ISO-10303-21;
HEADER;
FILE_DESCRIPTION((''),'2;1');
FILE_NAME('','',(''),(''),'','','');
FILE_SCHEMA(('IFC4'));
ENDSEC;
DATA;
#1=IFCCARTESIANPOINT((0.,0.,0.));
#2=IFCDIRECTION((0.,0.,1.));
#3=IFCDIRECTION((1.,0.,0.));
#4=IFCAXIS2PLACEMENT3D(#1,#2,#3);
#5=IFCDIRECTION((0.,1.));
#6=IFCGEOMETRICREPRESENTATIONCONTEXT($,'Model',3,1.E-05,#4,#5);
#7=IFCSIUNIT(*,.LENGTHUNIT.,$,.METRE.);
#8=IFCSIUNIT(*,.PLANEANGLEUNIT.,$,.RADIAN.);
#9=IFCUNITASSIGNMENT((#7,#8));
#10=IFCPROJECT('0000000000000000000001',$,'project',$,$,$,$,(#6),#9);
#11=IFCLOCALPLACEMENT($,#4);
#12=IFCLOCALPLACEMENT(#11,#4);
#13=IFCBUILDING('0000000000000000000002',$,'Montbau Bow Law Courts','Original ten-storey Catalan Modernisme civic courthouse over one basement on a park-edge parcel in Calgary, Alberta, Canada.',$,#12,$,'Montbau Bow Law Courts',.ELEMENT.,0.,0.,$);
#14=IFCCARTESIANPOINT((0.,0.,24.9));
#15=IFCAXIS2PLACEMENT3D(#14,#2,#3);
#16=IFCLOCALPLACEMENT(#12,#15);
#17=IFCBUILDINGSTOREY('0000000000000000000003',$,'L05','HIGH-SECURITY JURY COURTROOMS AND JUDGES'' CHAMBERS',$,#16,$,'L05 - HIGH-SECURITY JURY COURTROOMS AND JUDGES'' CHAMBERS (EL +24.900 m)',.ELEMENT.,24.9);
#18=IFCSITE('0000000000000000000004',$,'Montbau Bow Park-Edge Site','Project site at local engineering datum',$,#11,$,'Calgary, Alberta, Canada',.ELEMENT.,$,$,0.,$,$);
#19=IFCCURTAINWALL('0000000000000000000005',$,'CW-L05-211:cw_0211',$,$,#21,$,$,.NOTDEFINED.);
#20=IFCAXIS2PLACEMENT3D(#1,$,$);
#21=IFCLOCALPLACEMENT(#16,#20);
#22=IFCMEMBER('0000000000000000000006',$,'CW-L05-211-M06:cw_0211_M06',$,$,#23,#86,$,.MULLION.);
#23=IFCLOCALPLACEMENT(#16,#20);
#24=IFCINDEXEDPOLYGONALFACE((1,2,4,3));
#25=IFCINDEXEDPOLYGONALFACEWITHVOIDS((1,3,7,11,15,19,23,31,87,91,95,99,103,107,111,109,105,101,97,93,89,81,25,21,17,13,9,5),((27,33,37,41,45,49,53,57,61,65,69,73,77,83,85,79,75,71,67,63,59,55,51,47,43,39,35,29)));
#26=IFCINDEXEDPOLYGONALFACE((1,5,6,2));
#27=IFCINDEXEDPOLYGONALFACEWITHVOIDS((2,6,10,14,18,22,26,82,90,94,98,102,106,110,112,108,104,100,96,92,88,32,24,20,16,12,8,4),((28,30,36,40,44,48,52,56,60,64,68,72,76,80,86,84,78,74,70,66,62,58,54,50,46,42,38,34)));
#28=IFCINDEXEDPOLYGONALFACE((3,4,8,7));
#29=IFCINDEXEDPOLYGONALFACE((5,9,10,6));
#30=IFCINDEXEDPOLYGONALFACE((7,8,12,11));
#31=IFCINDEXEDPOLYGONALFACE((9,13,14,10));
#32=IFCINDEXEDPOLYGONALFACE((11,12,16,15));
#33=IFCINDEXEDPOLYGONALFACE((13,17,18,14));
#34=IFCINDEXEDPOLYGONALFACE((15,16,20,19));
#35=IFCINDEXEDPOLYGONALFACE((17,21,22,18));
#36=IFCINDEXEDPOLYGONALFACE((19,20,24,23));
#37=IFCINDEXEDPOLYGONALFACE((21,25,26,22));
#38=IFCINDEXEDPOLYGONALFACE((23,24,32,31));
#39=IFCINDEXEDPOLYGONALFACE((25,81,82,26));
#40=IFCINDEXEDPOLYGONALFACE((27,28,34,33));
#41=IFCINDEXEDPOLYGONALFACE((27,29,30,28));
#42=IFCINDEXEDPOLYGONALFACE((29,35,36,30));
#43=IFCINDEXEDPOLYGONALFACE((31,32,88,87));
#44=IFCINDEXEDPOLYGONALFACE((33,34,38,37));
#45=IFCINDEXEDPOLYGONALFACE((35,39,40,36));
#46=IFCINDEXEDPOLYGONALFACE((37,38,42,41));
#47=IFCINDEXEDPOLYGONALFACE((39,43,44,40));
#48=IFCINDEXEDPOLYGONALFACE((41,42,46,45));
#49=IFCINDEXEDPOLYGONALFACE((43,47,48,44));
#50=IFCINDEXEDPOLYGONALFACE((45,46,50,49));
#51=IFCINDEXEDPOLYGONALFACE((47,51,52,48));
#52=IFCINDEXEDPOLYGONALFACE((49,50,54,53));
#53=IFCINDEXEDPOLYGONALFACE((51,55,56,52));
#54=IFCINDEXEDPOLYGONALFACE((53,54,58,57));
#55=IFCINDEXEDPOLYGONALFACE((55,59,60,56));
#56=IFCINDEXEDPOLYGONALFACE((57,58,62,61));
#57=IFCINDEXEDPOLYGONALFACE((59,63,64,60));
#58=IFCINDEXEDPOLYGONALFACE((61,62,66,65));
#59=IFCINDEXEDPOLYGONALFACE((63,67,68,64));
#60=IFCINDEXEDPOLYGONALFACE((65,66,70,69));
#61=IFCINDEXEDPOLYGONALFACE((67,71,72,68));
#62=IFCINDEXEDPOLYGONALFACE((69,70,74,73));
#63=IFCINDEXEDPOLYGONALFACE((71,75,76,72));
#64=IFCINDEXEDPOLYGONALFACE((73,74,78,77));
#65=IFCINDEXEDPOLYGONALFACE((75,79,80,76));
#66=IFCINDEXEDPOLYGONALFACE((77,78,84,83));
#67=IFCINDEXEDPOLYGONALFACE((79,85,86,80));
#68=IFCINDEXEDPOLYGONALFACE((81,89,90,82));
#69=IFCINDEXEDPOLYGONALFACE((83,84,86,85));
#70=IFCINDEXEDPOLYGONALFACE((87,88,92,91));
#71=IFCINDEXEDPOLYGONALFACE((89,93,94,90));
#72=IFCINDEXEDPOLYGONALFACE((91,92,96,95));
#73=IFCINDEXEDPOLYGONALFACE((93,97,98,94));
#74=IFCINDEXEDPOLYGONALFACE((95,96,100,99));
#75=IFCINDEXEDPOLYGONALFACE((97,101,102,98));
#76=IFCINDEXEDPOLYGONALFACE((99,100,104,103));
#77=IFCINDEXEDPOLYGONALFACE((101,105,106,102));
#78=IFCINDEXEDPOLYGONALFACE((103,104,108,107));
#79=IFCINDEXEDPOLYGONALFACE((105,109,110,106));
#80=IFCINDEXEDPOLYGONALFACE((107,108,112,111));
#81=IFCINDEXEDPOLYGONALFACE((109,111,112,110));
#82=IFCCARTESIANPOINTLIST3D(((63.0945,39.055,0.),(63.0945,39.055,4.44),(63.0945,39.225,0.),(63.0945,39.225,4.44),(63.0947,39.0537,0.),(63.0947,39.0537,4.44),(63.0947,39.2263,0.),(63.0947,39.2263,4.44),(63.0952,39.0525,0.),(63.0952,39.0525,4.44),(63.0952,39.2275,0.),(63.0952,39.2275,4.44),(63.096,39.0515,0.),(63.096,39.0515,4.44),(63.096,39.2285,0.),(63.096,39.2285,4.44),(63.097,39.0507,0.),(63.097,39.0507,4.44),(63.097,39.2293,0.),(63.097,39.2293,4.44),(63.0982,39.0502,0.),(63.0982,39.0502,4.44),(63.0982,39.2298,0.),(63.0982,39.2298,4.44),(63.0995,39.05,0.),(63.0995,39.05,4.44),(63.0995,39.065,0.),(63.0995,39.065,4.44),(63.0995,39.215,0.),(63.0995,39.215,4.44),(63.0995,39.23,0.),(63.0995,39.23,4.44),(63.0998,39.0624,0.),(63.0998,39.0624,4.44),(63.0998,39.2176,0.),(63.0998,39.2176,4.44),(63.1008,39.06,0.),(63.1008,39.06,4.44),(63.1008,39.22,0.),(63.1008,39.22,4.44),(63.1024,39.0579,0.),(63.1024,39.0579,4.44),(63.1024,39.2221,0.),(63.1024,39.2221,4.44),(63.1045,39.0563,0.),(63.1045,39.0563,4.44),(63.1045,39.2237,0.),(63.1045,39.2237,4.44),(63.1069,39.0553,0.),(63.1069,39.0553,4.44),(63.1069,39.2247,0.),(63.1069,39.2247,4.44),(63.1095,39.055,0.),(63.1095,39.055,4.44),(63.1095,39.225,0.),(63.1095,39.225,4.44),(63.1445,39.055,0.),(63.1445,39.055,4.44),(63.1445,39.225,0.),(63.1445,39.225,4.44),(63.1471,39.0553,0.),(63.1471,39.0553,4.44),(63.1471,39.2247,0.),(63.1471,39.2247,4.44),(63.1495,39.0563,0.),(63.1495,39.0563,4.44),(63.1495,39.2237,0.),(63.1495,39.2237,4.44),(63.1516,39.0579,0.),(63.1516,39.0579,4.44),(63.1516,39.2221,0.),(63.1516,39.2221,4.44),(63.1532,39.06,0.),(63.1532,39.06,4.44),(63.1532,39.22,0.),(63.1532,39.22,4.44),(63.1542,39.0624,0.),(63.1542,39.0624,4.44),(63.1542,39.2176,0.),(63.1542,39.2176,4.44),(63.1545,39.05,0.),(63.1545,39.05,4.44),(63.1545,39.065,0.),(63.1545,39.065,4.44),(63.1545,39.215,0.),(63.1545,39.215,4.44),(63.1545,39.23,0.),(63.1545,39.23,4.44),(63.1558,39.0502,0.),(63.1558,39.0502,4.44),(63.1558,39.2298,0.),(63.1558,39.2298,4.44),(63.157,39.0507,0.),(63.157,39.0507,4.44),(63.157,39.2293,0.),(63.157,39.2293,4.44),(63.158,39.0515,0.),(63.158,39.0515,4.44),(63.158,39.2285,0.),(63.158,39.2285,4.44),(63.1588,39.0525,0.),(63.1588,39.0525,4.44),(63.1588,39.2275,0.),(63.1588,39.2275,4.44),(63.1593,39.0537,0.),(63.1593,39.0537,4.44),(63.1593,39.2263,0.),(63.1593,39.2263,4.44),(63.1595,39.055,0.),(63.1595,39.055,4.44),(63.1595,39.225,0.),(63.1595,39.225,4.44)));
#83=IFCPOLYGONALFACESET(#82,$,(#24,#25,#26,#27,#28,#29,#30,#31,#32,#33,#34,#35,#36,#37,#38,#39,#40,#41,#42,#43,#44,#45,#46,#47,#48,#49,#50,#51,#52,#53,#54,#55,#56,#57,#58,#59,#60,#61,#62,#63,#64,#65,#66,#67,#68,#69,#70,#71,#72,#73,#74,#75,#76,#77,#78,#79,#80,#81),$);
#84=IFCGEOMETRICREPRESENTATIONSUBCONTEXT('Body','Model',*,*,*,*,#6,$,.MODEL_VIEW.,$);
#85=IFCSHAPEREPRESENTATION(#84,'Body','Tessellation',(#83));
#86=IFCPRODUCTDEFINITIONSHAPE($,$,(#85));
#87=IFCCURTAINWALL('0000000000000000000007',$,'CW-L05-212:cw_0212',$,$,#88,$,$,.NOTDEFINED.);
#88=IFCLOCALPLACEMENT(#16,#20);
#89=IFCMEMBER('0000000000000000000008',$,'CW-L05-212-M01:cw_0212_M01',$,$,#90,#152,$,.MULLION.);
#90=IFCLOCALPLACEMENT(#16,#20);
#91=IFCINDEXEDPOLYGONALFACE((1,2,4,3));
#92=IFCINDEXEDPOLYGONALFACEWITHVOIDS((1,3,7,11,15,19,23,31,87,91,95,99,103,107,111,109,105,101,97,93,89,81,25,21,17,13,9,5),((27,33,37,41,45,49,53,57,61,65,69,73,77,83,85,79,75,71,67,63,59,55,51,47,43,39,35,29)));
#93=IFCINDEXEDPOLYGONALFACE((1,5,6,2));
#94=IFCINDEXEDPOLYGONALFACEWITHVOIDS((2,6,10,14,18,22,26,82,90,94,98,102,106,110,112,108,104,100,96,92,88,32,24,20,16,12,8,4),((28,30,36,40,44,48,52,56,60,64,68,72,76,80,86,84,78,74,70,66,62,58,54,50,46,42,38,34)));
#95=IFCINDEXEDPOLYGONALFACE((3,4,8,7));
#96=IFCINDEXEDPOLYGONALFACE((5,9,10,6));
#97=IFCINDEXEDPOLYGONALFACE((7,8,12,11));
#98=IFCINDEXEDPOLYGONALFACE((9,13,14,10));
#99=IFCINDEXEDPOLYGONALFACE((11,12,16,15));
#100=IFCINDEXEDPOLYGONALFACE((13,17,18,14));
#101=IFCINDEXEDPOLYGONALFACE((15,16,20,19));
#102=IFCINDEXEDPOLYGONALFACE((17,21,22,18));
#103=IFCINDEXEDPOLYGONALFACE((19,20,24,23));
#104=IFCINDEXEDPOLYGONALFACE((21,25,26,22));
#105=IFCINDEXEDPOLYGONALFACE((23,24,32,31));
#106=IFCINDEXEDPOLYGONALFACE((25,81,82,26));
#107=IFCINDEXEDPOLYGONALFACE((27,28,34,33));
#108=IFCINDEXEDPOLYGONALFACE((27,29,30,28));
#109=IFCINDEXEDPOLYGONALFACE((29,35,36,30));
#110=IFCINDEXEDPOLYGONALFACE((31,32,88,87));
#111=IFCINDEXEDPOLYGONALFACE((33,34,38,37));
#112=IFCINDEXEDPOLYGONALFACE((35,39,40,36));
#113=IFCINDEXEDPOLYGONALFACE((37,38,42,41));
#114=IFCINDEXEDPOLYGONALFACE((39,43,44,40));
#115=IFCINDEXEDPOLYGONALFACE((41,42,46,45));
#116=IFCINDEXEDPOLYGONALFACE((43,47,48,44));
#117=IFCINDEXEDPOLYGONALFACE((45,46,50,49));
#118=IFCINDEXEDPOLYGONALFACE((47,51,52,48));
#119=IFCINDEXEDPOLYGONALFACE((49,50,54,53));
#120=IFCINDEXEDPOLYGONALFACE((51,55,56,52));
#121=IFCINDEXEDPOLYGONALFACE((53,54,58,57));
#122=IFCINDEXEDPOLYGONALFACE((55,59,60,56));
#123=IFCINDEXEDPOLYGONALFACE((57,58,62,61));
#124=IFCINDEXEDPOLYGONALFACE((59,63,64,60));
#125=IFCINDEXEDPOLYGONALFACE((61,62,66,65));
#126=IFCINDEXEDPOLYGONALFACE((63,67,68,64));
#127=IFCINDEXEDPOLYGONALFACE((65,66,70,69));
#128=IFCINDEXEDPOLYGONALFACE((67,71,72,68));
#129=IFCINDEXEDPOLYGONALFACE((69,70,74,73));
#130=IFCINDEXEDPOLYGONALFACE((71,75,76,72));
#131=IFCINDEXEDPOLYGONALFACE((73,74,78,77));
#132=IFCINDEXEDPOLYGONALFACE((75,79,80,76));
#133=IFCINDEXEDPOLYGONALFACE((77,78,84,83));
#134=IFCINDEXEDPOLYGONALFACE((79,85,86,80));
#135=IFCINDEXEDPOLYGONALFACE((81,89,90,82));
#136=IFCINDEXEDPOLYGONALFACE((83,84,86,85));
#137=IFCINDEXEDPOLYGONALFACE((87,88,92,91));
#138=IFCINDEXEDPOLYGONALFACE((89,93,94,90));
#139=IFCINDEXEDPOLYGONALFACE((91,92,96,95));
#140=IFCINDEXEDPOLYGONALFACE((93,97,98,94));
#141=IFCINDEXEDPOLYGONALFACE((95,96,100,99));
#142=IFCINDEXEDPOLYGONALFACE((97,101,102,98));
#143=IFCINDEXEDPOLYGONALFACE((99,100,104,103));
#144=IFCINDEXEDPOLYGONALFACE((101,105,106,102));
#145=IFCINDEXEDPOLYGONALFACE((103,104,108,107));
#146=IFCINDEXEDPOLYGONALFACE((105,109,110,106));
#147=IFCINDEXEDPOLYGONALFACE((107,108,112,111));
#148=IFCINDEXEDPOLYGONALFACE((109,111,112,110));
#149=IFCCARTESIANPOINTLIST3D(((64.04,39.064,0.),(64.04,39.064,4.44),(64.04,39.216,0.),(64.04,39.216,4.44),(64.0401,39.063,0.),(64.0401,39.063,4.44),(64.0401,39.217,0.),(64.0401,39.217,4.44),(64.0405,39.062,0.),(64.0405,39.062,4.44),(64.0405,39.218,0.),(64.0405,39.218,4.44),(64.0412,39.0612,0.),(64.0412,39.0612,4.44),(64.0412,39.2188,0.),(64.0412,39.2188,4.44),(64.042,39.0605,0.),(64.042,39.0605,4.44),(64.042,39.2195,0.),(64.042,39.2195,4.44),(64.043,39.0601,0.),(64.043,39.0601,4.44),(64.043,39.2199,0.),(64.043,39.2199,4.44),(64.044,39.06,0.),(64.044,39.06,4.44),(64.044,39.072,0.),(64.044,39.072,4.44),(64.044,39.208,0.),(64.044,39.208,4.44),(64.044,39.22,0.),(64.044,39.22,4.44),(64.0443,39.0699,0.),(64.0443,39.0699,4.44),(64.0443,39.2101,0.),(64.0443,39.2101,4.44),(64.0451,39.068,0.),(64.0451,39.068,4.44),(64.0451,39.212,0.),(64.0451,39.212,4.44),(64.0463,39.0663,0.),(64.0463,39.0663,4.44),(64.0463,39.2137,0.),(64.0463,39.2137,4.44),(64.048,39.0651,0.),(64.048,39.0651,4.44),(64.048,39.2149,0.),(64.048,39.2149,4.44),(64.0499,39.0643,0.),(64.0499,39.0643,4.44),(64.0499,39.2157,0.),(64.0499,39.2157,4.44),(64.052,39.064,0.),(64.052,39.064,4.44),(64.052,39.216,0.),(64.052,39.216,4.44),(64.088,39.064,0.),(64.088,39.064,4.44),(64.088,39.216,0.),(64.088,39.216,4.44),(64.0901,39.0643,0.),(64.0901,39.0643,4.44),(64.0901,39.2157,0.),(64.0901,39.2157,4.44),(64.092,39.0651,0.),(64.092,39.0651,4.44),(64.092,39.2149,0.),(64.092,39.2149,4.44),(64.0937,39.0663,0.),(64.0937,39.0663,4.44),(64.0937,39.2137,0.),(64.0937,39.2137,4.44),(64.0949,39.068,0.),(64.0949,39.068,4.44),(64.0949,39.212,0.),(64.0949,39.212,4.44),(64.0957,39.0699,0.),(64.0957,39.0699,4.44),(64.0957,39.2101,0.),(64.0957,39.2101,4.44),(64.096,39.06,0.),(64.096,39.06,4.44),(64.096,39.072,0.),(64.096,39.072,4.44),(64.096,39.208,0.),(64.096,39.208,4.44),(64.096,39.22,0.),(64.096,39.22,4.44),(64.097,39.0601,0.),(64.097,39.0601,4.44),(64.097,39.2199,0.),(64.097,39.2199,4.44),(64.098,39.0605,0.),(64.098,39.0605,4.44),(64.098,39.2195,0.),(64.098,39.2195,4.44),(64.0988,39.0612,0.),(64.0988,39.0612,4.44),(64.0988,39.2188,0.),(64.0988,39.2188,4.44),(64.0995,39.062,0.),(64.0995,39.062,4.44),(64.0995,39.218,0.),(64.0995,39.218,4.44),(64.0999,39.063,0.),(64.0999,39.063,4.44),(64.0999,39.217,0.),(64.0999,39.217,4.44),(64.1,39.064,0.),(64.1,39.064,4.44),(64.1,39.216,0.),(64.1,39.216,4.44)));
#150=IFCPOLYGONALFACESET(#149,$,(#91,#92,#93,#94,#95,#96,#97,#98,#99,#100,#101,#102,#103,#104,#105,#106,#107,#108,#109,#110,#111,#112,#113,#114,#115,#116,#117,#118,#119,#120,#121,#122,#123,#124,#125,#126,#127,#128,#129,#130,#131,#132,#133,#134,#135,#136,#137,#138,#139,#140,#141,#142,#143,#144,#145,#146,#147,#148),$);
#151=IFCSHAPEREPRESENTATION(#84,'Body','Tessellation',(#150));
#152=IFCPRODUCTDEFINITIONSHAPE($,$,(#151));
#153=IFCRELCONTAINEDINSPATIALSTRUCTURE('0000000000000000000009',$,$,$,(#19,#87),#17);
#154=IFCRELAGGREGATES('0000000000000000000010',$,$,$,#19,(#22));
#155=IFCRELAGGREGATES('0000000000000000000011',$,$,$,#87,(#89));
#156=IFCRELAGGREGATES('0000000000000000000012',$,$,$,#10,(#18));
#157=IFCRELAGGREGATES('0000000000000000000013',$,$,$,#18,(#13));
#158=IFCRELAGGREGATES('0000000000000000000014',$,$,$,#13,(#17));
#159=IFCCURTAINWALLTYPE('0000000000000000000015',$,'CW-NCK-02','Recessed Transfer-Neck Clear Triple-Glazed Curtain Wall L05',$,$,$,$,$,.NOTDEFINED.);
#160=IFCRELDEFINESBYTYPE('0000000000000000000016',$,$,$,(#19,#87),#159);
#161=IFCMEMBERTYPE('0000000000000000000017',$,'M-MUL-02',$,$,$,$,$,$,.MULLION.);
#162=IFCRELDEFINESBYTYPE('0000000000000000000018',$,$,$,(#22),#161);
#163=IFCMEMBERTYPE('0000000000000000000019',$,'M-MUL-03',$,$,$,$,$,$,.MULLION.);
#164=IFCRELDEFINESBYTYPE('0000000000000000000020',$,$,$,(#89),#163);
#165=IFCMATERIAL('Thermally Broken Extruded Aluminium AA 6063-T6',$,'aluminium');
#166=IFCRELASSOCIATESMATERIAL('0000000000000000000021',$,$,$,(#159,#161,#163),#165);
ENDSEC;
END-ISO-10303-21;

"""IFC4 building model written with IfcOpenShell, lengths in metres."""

from ifc_helpers import new_model, si_unit, direction, frame, origin_with_axes, origin_2d_with_axis, place, context, subcontext, project, spatial, hollow_rectangle, extrude, material, material_profile, profile_set, type_object, element, aggregate, save


model = new_model("IFC4")

# Units and contexts
model_context = context("Model", 3, precision=1e-05, world=origin_with_axes(), true_north=direction((0.0, 1.0)))
body_context = subcontext(model_context, "Body", "Model", "MODEL_VIEW")
ifc_project = project(units=[si_unit("LENGTHUNIT", "METRE"), si_unit("PLANEANGLEUNIT", "RADIAN")], contexts=[model_context])

# Site, building, storey
site_placement = place(None, origin_with_axes())
site = spatial("IfcSite", under=ifc_project, at=site_placement, Name="Montbau Bow Park-Edge Site", Description="Project site at local engineering datum", LongName="Calgary, Alberta, Canada", CompositionType="ELEMENT", RefElevation=0.0)
building_placement = place(site_placement, origin_with_axes())
building = spatial("IfcBuilding", under=site, at=building_placement, Name="Montbau Bow Law Courts", Description="Original ten-storey Catalan Modernisme civic courthouse over one basement on a park-edge parcel in Calgary, Alberta, Canada.", LongName="Montbau Bow Law Courts", CompositionType="ELEMENT", ElevationOfRefHeight=0.0, ElevationOfTerrain=0.0)
storey_placement = place(building_placement, frame((0.0, 0.0, 24.9), z_axis=(0.0, 0.0, 1.0), x_axis=(1.0, 0.0, 0.0)))
storey = spatial("IfcBuildingStorey", under=building, at=storey_placement, Name="L05", Description="HIGH-SECURITY JURY COURTROOMS AND JUDGES' CHAMBERS", LongName="L05 - HIGH-SECURITY JURY COURTROOMS AND JUDGES' CHAMBERS (EL +24.900 m)", CompositionType="ELEMENT", Elevation=24.9)

# Curtain wall, member
ifc_material_1 = material(Name="Thermally Broken Extruded Aluminium AA 6063-T6", Category="aluminium")
curtain_wall_type = type_object("IfcCurtainWallType", Name="CW-NCK-02", Description="Recessed Transfer-Neck Clear Triple-Glazed Curtain Wall L05", PredefinedType="NOTDEFINED", material=ifc_material_1)
curtain_wall_1_placement = place(None, frame((55.64, 39.14, 24.9), z_axis=(0.0, 0.0, 1.0), x_axis=(1.0, 0.0, 0.0)))
curtain_wall_1 = element("IfcCurtainWall", 1, at=curtain_wall_1_placement, inside=storey, type_object=curtain_wall_type, Name="CW-L05-211:cw_0211", PredefinedType="NOTDEFINED")
ifc_material_profile_1 = material_profile(ifc_material_1, hollow_rectangle(XDim=0.065, YDim=0.18, WallThickness=0.005, InnerFilletRadius=0.01, OuterFilletRadius=0.005, at=origin_2d_with_axis()), Name="CWM-180X65", Category="Main", Priority=0)
ifc_profile_set_1 = profile_set([ifc_material_profile_1], Name="Thermally Broken Extruded Aluminium AA 6063-T6")
member_type_1 = type_object("IfcMemberType", Name="M-MUL-02", PredefinedType="MULLION", material=ifc_profile_set_1)
member_1_placement = place(None, frame((63.127, 39.14, 24.9), z_axis=(0.0, 0.0, 1.0), x_axis=(1.0, 0.0, 0.0)))
member_1 = element("IfcMember", 2, at=member_1_placement, type_object=member_type_1, Name="CW-L05-211-M06:cw_0211_M06", PredefinedType="MULLION", context=body_context, shape_type="SweptSolid", body=[
    extrude(hollow_rectangle(XDim=0.065, YDim=0.18, WallThickness=0.005, InnerFilletRadius=0.01, OuterFilletRadius=0.005, at=origin_2d_with_axis()), origin_with_axes(), (0.0, 0.0, 1.0), 4.44),
])
aggregate(curtain_wall_1, [member_1])

# Curtain wall, member
curtain_wall_2_placement = place(None, frame((64.04, 39.14, 24.9), z_axis=(0.0, 0.0, 1.0), x_axis=(1.0, 0.0, 0.0)))
curtain_wall_2 = element("IfcCurtainWall", 3, at=curtain_wall_2_placement, inside=storey, type_object=curtain_wall_type, Name="CW-L05-212:cw_0212", PredefinedType="NOTDEFINED")
ifc_material_profile_2 = material_profile(ifc_material_1, hollow_rectangle(XDim=0.06, YDim=0.16, WallThickness=0.004, InnerFilletRadius=0.008, OuterFilletRadius=0.004, at=origin_2d_with_axis()), Name="CWM-160X60", Category="Main", Priority=0)
ifc_profile_set_2 = profile_set([ifc_material_profile_2], Name="Thermally Broken Extruded Aluminium AA 6063-T6")
member_type_2 = type_object("IfcMemberType", Name="M-MUL-03", PredefinedType="MULLION", material=ifc_profile_set_2)
member_2_placement = place(None, frame((64.07, 39.14, 24.9), z_axis=(0.0, 0.0, 1.0), x_axis=(1.0, 0.0, 0.0)))
member_2 = element("IfcMember", 4, at=member_2_placement, type_object=member_type_2, Name="CW-L05-212-M01:cw_0212_M01", PredefinedType="MULLION", context=body_context, shape_type="SweptSolid", body=[
    extrude(hollow_rectangle(XDim=0.06, YDim=0.16, WallThickness=0.004, InnerFilletRadius=0.008, OuterFilletRadius=0.004, at=origin_2d_with_axis()), origin_with_axes(), (0.0, 0.0, 1.0), 4.44),
])
aggregate(curtain_wall_2, [member_2])

save(model, "model.ifc")
